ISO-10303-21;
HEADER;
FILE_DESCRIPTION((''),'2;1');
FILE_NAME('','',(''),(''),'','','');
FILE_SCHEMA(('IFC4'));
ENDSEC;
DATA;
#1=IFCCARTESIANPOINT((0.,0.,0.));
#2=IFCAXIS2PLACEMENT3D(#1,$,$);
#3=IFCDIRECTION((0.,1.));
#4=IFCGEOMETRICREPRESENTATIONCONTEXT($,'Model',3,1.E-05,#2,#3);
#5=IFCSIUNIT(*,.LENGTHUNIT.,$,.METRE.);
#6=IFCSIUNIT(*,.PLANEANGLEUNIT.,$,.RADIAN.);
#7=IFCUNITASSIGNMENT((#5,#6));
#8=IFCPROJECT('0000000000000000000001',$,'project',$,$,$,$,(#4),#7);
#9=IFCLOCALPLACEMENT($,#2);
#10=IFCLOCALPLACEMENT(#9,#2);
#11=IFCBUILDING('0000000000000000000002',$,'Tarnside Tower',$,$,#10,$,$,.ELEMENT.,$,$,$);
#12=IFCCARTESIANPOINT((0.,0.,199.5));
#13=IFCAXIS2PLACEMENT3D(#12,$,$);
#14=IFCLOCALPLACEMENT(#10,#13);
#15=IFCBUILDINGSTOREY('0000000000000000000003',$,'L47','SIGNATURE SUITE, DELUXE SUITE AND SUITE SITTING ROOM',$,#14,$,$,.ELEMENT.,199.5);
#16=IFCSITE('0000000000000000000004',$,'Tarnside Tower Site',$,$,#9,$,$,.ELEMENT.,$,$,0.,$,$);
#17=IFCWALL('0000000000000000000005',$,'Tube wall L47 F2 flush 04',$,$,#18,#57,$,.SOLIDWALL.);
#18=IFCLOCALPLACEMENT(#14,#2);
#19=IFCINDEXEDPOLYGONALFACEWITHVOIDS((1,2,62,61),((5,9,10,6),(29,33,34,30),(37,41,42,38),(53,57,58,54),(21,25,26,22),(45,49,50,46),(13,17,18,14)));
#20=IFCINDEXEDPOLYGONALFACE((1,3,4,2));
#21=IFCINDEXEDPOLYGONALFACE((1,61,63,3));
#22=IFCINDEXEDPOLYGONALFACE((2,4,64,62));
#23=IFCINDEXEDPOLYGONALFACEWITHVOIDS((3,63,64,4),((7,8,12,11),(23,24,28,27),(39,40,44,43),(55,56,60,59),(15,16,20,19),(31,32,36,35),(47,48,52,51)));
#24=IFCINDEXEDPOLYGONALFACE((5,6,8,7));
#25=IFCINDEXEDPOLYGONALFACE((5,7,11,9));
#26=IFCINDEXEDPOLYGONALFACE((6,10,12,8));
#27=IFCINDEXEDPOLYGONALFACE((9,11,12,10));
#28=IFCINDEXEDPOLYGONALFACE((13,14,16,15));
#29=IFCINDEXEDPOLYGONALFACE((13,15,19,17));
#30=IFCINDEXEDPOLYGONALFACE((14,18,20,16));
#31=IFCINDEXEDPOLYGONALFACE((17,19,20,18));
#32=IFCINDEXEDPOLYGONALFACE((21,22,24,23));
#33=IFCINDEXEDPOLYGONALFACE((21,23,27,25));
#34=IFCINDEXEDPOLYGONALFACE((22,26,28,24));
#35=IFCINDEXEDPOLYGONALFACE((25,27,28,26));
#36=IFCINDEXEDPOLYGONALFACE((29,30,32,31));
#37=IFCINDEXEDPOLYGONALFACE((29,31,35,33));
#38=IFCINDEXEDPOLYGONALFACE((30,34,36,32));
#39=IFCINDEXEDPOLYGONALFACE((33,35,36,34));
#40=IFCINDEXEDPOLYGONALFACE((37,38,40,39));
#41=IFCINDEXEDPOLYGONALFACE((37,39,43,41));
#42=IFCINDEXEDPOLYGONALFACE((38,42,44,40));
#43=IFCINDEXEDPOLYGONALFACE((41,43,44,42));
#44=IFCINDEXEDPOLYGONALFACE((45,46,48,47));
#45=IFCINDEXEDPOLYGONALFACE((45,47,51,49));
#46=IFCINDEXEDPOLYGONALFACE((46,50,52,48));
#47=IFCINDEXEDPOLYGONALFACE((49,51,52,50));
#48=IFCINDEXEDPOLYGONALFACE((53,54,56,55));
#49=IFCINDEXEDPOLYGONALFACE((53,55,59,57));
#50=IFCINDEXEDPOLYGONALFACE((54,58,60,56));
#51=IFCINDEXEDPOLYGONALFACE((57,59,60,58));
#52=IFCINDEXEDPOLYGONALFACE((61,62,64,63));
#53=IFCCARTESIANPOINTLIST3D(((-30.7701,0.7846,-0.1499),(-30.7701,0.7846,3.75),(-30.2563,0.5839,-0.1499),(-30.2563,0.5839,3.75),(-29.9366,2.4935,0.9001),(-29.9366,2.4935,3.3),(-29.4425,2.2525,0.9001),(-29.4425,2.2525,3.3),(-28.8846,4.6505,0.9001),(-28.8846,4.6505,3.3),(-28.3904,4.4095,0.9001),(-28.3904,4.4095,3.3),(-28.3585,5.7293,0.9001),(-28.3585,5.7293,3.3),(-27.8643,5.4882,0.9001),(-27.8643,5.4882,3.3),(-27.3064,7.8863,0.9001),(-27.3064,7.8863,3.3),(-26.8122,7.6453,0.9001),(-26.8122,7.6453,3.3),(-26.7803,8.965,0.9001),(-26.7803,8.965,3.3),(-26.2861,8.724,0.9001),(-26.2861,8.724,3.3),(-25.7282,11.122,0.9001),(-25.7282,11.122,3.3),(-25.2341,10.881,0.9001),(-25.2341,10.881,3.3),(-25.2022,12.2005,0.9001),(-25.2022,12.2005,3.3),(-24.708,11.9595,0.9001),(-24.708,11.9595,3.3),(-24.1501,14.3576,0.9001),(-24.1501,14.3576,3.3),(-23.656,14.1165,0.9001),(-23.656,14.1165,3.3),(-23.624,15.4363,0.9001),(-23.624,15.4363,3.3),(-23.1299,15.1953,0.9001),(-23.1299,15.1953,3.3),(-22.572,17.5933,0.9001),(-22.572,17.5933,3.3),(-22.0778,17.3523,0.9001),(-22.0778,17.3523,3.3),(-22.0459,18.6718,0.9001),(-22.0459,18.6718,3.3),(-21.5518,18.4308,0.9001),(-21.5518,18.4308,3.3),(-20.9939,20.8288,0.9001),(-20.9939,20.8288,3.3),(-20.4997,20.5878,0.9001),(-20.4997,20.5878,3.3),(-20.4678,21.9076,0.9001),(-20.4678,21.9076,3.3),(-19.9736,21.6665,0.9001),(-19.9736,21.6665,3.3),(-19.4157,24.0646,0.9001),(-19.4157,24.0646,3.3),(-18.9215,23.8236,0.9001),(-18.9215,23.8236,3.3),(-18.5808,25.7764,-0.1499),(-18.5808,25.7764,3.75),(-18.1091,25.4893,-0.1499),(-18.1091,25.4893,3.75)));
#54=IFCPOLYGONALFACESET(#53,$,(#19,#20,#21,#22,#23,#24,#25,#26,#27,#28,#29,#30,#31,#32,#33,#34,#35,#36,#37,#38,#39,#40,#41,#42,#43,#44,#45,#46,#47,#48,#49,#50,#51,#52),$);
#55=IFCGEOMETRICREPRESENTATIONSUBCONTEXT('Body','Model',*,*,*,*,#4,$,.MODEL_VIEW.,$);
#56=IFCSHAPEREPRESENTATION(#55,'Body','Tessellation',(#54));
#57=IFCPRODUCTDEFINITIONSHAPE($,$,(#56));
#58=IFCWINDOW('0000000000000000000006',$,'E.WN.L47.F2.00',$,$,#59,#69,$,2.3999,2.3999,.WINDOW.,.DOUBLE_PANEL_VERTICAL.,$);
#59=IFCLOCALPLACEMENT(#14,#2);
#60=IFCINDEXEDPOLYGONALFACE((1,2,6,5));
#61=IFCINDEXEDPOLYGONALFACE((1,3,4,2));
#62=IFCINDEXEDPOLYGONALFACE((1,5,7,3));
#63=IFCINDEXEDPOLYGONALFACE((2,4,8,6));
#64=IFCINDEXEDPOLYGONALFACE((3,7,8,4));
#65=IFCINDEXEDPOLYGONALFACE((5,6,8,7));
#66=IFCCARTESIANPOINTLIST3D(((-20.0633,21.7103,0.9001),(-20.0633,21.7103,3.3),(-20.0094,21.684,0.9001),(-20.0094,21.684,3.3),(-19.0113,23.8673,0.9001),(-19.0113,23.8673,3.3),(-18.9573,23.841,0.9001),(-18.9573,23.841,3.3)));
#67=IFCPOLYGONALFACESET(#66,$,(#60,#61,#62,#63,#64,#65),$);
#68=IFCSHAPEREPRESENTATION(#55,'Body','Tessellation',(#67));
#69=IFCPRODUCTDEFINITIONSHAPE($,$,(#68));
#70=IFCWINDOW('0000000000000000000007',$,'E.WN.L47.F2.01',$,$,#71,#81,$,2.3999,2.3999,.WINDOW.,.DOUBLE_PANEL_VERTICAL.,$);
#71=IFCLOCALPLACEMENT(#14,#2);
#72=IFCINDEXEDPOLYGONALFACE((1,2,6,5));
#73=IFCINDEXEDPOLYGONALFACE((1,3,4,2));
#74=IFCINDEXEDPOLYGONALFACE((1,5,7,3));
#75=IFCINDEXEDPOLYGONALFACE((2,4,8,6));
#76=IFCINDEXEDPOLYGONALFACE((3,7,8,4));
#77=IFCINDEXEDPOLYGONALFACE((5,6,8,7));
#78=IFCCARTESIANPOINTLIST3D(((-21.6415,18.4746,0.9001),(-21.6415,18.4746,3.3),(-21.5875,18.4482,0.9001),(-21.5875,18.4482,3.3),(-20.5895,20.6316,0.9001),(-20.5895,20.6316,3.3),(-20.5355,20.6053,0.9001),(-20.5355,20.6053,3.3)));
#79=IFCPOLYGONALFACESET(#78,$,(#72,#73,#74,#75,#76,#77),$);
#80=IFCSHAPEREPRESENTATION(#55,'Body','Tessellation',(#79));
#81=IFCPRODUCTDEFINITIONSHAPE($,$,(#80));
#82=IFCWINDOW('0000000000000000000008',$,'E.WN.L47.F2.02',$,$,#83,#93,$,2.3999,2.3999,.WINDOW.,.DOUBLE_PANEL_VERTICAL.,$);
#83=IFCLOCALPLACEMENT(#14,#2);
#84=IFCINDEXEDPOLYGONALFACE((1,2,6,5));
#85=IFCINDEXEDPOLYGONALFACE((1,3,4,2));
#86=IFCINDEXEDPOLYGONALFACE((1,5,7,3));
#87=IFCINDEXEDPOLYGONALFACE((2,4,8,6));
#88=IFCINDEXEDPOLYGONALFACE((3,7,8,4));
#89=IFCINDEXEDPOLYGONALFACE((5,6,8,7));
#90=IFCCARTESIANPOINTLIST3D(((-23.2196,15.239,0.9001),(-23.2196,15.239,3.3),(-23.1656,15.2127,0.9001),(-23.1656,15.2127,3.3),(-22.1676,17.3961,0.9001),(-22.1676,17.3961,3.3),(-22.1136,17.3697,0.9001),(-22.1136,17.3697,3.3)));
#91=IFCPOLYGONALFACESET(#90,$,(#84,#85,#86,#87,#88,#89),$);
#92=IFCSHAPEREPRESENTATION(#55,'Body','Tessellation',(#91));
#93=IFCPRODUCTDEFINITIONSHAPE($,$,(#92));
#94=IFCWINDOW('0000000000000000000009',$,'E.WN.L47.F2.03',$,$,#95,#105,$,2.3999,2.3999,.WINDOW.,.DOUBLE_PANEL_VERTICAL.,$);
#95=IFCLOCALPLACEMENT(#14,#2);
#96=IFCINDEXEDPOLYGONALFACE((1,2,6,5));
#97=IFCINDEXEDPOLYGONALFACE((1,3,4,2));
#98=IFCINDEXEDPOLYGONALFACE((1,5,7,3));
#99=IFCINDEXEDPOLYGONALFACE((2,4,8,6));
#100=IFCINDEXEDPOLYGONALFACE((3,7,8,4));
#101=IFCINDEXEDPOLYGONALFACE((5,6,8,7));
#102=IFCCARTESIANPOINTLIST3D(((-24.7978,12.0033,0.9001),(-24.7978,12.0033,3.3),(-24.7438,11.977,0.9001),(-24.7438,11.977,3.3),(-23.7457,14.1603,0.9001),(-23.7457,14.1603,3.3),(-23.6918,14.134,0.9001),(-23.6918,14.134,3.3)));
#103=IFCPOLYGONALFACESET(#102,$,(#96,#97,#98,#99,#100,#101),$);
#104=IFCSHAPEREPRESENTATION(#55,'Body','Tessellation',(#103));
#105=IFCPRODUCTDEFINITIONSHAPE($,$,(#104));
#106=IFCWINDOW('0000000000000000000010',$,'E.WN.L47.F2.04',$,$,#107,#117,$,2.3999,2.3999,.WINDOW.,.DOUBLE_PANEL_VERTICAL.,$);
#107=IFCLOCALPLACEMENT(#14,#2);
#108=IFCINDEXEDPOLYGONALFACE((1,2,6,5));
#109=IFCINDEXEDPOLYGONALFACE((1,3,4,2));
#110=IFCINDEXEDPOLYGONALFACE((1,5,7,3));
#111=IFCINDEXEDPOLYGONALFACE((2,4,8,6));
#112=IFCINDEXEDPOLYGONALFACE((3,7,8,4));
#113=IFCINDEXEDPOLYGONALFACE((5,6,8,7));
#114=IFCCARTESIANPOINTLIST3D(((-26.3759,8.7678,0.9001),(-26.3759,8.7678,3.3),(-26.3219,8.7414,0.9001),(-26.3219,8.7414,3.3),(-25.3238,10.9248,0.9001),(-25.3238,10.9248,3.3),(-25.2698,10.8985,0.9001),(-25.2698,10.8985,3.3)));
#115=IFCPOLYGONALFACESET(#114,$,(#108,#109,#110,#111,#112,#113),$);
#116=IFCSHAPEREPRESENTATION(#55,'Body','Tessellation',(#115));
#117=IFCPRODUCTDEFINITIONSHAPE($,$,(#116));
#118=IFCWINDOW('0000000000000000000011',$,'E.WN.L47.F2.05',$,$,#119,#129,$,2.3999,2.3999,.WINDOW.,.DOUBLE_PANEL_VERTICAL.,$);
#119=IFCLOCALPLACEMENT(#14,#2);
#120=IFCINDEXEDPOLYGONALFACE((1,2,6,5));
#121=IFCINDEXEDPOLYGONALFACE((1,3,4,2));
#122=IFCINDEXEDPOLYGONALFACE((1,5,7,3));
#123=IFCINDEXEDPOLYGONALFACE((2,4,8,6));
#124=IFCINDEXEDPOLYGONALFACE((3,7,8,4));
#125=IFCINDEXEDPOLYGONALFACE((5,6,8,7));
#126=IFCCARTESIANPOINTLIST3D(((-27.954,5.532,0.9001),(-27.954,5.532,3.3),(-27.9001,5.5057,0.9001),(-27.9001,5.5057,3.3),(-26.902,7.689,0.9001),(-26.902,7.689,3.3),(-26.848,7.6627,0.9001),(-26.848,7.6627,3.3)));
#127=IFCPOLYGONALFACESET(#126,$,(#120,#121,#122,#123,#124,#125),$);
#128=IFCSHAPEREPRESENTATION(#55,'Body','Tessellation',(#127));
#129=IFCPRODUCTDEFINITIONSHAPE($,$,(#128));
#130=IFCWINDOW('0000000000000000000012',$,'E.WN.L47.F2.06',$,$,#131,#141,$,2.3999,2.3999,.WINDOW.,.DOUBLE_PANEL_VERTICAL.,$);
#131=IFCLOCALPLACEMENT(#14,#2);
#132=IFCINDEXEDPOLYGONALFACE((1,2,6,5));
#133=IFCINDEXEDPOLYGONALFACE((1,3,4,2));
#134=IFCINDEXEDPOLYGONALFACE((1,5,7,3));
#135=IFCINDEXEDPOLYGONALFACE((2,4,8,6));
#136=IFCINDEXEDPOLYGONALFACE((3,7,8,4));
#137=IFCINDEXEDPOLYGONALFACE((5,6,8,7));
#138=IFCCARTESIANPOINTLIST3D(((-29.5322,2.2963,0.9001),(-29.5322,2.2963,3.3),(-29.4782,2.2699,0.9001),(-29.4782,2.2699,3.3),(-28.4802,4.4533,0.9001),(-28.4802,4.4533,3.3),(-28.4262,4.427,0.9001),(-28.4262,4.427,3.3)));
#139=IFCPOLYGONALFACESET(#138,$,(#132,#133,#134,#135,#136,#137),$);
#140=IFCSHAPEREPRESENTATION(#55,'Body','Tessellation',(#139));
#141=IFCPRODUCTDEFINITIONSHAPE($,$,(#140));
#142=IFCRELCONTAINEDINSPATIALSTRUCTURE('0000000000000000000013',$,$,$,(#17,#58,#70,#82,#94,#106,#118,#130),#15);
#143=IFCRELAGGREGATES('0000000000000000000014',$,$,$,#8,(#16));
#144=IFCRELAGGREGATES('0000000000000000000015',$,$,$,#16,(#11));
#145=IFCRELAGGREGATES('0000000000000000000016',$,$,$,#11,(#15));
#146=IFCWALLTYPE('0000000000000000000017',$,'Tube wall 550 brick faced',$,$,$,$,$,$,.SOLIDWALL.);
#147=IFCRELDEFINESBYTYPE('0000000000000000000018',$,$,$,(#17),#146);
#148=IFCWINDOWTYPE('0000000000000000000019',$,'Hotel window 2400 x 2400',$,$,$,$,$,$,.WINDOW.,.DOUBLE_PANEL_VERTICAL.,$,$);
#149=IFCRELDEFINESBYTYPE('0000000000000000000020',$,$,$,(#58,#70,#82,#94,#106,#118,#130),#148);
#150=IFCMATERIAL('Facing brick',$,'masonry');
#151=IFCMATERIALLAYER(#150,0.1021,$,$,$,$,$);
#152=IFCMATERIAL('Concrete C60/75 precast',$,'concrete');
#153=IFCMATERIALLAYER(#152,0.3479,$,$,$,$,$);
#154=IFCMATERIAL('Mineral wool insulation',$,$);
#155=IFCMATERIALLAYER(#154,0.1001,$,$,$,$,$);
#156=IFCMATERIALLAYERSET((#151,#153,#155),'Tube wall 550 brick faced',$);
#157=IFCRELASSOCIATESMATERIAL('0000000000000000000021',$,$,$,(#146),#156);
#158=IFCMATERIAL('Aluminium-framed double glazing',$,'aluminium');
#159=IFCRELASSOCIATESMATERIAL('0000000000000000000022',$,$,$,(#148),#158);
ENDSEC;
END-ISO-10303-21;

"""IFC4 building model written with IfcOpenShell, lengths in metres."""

from ifc_helpers import new_model, si_unit, direction, frame, frame_2d, origin, place, context, subcontext, project, spatial, polyline, rectangle, outline, extrude, material, layer, layer_set, type_object, element, fill, save


model = new_model("IFC4")

# Units and contexts
model_context = context("Model", 3, precision=1e-05, world=origin(), true_north=direction((0.0, 1.0)))
body_context = subcontext(model_context, "Body", "Model", "MODEL_VIEW")
ifc_project = project(units=[si_unit("LENGTHUNIT", "METRE"), si_unit("PLANEANGLEUNIT", "RADIAN")], contexts=[model_context])

# Site, building, storey
site_placement = place(None, origin())
site = spatial("IfcSite", under=ifc_project, at=site_placement, Name="Tarnside Tower Site", CompositionType="ELEMENT", RefElevation=0.0)
building_placement = place(site_placement, origin())
building = spatial("IfcBuilding", under=site, at=building_placement, Name="Tarnside Tower", CompositionType="ELEMENT")
storey_placement = place(building_placement, frame((0.0, 0.0, 199.5)))
storey = spatial("IfcBuildingStorey", under=building, at=storey_placement, Name="L47", Description="SIGNATURE SUITE, DELUXE SUITE AND SUITE SITTING ROOM", CompositionType="ELEMENT", Elevation=199.5)

# Shared definitions
ifc_material_1 = material(Name="Facing brick", Category="masonry")
ifc_layer_1 = layer(ifc_material_1, 0.1021)
ifc_material_2 = material(Name="Concrete C60/75 precast", Category="concrete")
ifc_layer_2 = layer(ifc_material_2, 0.3479)
ifc_material_3 = material(Name="Mineral wool insulation")
ifc_layer_3 = layer(ifc_material_3, 0.1001)
ifc_layer_set_1 = layer_set([ifc_layer_1, ifc_layer_2, ifc_layer_3], Name="Tube wall 550 brick faced")
wall_type_1 = type_object("IfcWallType", Name="Tube wall 550 brick faced", PredefinedType="SOLIDWALL", material=ifc_layer_set_1)

# Wall, openings, windows
wall_1_placement = place(storey_placement, frame((-18.345, 25.6328, -0.1499), z_axis=(0.0, 0.0, 1.0), x_axis=(-0.438372, -0.898794, 0.0)))
wall_1 = element("IfcWall", 1, at=wall_1_placement, inside=storey, type_object=wall_type_1, Name="Tube wall L47 F2 flush 04", PredefinedType="SOLIDWALL", context=body_context, shape_type="SweptSolid", body=[
    extrude(outline(polyline([(-0.0256, -0.2749), (27.7803, -0.2749), (27.7354, 0.2749), (0.0256, 0.2749), (-0.0256, -0.2749)])), origin(), (0.0, 0.0, 1.0), 3.8999),
])
opening_1_placement = place(wall_1_placement, frame((1.8789, 0.0, 1.05)))
opening_1 = element("IfcOpeningElement", 2, at=opening_1_placement, cuts=wall_1, PredefinedType="OPENING", context=body_context, shape_type="SweptSolid", body=[
    extrude(rectangle(XDim=2.3999, YDim=2.3999, at=frame_2d((1.2, 1.2))), frame((0.0, 0.2852, 0.0), z_axis=(0.0, -1.0, 0.0), x_axis=(1.0, 0.0, 0.0)), (0.0, 0.0, 1.0), 0.5701),
])
opening_2_placement = place(wall_1_placement, frame((5.479, 0.0, 1.05)))
opening_2 = element("IfcOpeningElement", 3, at=opening_2_placement, cuts=wall_1, PredefinedType="OPENING", context=body_context, shape_type="SweptSolid", body=[
    extrude(rectangle(XDim=2.3999, YDim=2.3999, at=frame_2d((1.2, 1.2))), frame((0.0, 0.2852, 0.0), z_axis=(0.0, -1.0, 0.0), x_axis=(1.0, 0.0, 0.0)), (0.0, 0.0, 1.0), 0.5701),
])
opening_3_placement = place(wall_1_placement, frame((9.0789, 0.0, 1.05)))
opening_3 = element("IfcOpeningElement", 4, at=opening_3_placement, cuts=wall_1, PredefinedType="OPENING", context=body_context, shape_type="SweptSolid", body=[
    extrude(rectangle(XDim=2.3999, YDim=2.3999, at=frame_2d((1.2, 1.2))), frame((0.0, 0.2852, 0.0), z_axis=(0.0, -1.0, 0.0), x_axis=(1.0, 0.0, 0.0)), (0.0, 0.0, 1.0), 0.5701),
])
opening_4_placement = place(wall_1_placement, frame((12.679, 0.0, 1.05)))
opening_4 = element("IfcOpeningElement", 5, at=opening_4_placement, cuts=wall_1, PredefinedType="OPENING", context=body_context, shape_type="SweptSolid", body=[
    extrude(rectangle(XDim=2.3999, YDim=2.3999, at=frame_2d((1.2, 1.2))), frame((0.0, 0.2852, 0.0), z_axis=(0.0, -1.0, 0.0), x_axis=(1.0, 0.0, 0.0)), (0.0, 0.0, 1.0), 0.5701),
])
opening_5_placement = place(wall_1_placement, frame((16.2788, 0.0, 1.05)))
opening_5 = element("IfcOpeningElement", 6, at=opening_5_placement, cuts=wall_1, PredefinedType="OPENING", context=body_context, shape_type="SweptSolid", body=[
    extrude(rectangle(XDim=2.3999, YDim=2.3999, at=frame_2d((1.2, 1.2))), frame((0.0, 0.2852, 0.0), z_axis=(0.0, -1.0, 0.0), x_axis=(1.0, 0.0, 0.0)), (0.0, 0.0, 1.0), 0.5701),
])
opening_6_placement = place(wall_1_placement, frame((19.8789, 0.0, 1.05)))
opening_6 = element("IfcOpeningElement", 7, at=opening_6_placement, cuts=wall_1, PredefinedType="OPENING", context=body_context, shape_type="SweptSolid", body=[
    extrude(rectangle(XDim=2.3999, YDim=2.3999, at=frame_2d((1.2, 1.2))), frame((0.0, 0.2852, 0.0), z_axis=(0.0, -1.0, 0.0), x_axis=(1.0, 0.0, 0.0)), (0.0, 0.0, 1.0), 0.5701),
])
opening_7_placement = place(wall_1_placement, frame((23.479, 0.0, 1.05)))
opening_7 = element("IfcOpeningElement", 8, at=opening_7_placement, cuts=wall_1, PredefinedType="OPENING", context=body_context, shape_type="SweptSolid", body=[
    extrude(rectangle(XDim=2.3999, YDim=2.3999, at=frame_2d((1.2, 1.2))), frame((0.0, 0.2852, 0.0), z_axis=(0.0, -1.0, 0.0), x_axis=(1.0, 0.0, 0.0)), (0.0, 0.0, 1.0), 0.5701),
])
ifc_material_4 = material(Name="Aluminium-framed double glazing", Category="aluminium")
window_type = type_object("IfcWindowType", Name="Hotel window 2400 x 2400", PartitioningType="DOUBLE_PANEL_VERTICAL", PredefinedType="WINDOW", material=ifc_material_4)
window_1_placement = place(opening_1_placement, frame((0.0, 0.2051, 0.0)))
window_1 = element("IfcWindow", 9, at=window_1_placement, inside=storey, type_object=window_type, Name="E.WN.L47.F2.00", OverallHeight=2.3999, OverallWidth=2.3999, PartitioningType="DOUBLE_PANEL_VERTICAL", PredefinedType="WINDOW", context=body_context, shape_type="SweptSolid", body=[
    extrude(rectangle(XDim=2.3999, YDim=2.3999, at=frame_2d((1.2, 1.2))), frame((0.0, 0.03, 0.0), z_axis=(0.0, -1.0, 0.0), x_axis=(1.0, 0.0, 0.0)), (0.0, 0.0, 1.0), 0.0601),
])
fill(opening_1, window_1)
window_2_placement = place(opening_2_placement, frame((0.0, 0.2051, 0.0)))
window_2 = element("IfcWindow", 10, at=window_2_placement, inside=storey, type_object=window_type, Name="E.WN.L47.F2.01", OverallHeight=2.3999, OverallWidth=2.3999, PartitioningType="DOUBLE_PANEL_VERTICAL", PredefinedType="WINDOW", context=body_context, shape_type="SweptSolid", body=[
    extrude(rectangle(XDim=2.3999, YDim=2.3999, at=frame_2d((1.2, 1.2))), frame((0.0, 0.03, 0.0), z_axis=(0.0, -1.0, 0.0), x_axis=(1.0, 0.0, 0.0)), (0.0, 0.0, 1.0), 0.0601),
])
fill(opening_2, window_2)
window_3_placement = place(opening_3_placement, frame((0.0, 0.2051, 0.0)))
window_3 = element("IfcWindow", 11, at=window_3_placement, inside=storey, type_object=window_type, Name="E.WN.L47.F2.02", OverallHeight=2.3999, OverallWidth=2.3999, PartitioningType="DOUBLE_PANEL_VERTICAL", PredefinedType="WINDOW", context=body_context, shape_type="SweptSolid", body=[
    extrude(rectangle(XDim=2.3999, YDim=2.3999, at=frame_2d((1.2, 1.2))), frame((0.0, 0.03, 0.0), z_axis=(0.0, -1.0, 0.0), x_axis=(1.0, 0.0, 0.0)), (0.0, 0.0, 1.0), 0.0601),
])
fill(opening_3, window_3)
window_4_placement = place(opening_4_placement, frame((0.0, 0.2051, 0.0)))
window_4 = element("IfcWindow", 12, at=window_4_placement, inside=storey, type_object=window_type, Name="E.WN.L47.F2.03", OverallHeight=2.3999, OverallWidth=2.3999, PartitioningType="DOUBLE_PANEL_VERTICAL", PredefinedType="WINDOW", context=body_context, shape_type="SweptSolid", body=[
    extrude(rectangle(XDim=2.3999, YDim=2.3999, at=frame_2d((1.2, 1.2))), frame((0.0, 0.03, 0.0), z_axis=(0.0, -1.0, 0.0), x_axis=(1.0, 0.0, 0.0)), (0.0, 0.0, 1.0), 0.0601),
])
fill(opening_4, window_4)
window_5_placement = place(opening_5_placement, frame((0.0, 0.2051, 0.0)))
window_5 = element("IfcWindow", 13, at=window_5_placement, inside=storey, type_object=window_type, Name="E.WN.L47.F2.04", OverallHeight=2.3999, OverallWidth=2.3999, PartitioningType="DOUBLE_PANEL_VERTICAL", PredefinedType="WINDOW", context=body_context, shape_type="SweptSolid", body=[
    extrude(rectangle(XDim=2.3999, YDim=2.3999, at=frame_2d((1.2, 1.2))), frame((0.0, 0.03, 0.0), z_axis=(0.0, -1.0, 0.0), x_axis=(1.0, 0.0, 0.0)), (0.0, 0.0, 1.0), 0.0601),
])
fill(opening_5, window_5)
window_6_placement = place(opening_6_placement, frame((0.0, 0.2051, 0.0)))
window_6 = element("IfcWindow", 14, at=window_6_placement, inside=storey, type_object=window_type, Name="E.WN.L47.F2.05", OverallHeight=2.3999, OverallWidth=2.3999, PartitioningType="DOUBLE_PANEL_VERTICAL", PredefinedType="WINDOW", context=body_context, shape_type="SweptSolid", body=[
    extrude(rectangle(XDim=2.3999, YDim=2.3999, at=frame_2d((1.2, 1.2))), frame((0.0, 0.03, 0.0), z_axis=(0.0, -1.0, 0.0), x_axis=(1.0, 0.0, 0.0)), (0.0, 0.0, 1.0), 0.0601),
])
fill(opening_6, window_6)
window_7_placement = place(opening_7_placement, frame((0.0, 0.2051, 0.0)))
window_7 = element("IfcWindow", 15, at=window_7_placement, inside=storey, type_object=window_type, Name="E.WN.L47.F2.06", OverallHeight=2.3999, OverallWidth=2.3999, PartitioningType="DOUBLE_PANEL_VERTICAL", PredefinedType="WINDOW", context=body_context, shape_type="SweptSolid", body=[
    extrude(rectangle(XDim=2.3999, YDim=2.3999, at=frame_2d((1.2, 1.2))), frame((0.0, 0.03, 0.0), z_axis=(0.0, -1.0, 0.0), x_axis=(1.0, 0.0, 0.0)), (0.0, 0.0, 1.0), 0.0601),
])
fill(opening_7, window_7)

save(model, "model.ifc")
